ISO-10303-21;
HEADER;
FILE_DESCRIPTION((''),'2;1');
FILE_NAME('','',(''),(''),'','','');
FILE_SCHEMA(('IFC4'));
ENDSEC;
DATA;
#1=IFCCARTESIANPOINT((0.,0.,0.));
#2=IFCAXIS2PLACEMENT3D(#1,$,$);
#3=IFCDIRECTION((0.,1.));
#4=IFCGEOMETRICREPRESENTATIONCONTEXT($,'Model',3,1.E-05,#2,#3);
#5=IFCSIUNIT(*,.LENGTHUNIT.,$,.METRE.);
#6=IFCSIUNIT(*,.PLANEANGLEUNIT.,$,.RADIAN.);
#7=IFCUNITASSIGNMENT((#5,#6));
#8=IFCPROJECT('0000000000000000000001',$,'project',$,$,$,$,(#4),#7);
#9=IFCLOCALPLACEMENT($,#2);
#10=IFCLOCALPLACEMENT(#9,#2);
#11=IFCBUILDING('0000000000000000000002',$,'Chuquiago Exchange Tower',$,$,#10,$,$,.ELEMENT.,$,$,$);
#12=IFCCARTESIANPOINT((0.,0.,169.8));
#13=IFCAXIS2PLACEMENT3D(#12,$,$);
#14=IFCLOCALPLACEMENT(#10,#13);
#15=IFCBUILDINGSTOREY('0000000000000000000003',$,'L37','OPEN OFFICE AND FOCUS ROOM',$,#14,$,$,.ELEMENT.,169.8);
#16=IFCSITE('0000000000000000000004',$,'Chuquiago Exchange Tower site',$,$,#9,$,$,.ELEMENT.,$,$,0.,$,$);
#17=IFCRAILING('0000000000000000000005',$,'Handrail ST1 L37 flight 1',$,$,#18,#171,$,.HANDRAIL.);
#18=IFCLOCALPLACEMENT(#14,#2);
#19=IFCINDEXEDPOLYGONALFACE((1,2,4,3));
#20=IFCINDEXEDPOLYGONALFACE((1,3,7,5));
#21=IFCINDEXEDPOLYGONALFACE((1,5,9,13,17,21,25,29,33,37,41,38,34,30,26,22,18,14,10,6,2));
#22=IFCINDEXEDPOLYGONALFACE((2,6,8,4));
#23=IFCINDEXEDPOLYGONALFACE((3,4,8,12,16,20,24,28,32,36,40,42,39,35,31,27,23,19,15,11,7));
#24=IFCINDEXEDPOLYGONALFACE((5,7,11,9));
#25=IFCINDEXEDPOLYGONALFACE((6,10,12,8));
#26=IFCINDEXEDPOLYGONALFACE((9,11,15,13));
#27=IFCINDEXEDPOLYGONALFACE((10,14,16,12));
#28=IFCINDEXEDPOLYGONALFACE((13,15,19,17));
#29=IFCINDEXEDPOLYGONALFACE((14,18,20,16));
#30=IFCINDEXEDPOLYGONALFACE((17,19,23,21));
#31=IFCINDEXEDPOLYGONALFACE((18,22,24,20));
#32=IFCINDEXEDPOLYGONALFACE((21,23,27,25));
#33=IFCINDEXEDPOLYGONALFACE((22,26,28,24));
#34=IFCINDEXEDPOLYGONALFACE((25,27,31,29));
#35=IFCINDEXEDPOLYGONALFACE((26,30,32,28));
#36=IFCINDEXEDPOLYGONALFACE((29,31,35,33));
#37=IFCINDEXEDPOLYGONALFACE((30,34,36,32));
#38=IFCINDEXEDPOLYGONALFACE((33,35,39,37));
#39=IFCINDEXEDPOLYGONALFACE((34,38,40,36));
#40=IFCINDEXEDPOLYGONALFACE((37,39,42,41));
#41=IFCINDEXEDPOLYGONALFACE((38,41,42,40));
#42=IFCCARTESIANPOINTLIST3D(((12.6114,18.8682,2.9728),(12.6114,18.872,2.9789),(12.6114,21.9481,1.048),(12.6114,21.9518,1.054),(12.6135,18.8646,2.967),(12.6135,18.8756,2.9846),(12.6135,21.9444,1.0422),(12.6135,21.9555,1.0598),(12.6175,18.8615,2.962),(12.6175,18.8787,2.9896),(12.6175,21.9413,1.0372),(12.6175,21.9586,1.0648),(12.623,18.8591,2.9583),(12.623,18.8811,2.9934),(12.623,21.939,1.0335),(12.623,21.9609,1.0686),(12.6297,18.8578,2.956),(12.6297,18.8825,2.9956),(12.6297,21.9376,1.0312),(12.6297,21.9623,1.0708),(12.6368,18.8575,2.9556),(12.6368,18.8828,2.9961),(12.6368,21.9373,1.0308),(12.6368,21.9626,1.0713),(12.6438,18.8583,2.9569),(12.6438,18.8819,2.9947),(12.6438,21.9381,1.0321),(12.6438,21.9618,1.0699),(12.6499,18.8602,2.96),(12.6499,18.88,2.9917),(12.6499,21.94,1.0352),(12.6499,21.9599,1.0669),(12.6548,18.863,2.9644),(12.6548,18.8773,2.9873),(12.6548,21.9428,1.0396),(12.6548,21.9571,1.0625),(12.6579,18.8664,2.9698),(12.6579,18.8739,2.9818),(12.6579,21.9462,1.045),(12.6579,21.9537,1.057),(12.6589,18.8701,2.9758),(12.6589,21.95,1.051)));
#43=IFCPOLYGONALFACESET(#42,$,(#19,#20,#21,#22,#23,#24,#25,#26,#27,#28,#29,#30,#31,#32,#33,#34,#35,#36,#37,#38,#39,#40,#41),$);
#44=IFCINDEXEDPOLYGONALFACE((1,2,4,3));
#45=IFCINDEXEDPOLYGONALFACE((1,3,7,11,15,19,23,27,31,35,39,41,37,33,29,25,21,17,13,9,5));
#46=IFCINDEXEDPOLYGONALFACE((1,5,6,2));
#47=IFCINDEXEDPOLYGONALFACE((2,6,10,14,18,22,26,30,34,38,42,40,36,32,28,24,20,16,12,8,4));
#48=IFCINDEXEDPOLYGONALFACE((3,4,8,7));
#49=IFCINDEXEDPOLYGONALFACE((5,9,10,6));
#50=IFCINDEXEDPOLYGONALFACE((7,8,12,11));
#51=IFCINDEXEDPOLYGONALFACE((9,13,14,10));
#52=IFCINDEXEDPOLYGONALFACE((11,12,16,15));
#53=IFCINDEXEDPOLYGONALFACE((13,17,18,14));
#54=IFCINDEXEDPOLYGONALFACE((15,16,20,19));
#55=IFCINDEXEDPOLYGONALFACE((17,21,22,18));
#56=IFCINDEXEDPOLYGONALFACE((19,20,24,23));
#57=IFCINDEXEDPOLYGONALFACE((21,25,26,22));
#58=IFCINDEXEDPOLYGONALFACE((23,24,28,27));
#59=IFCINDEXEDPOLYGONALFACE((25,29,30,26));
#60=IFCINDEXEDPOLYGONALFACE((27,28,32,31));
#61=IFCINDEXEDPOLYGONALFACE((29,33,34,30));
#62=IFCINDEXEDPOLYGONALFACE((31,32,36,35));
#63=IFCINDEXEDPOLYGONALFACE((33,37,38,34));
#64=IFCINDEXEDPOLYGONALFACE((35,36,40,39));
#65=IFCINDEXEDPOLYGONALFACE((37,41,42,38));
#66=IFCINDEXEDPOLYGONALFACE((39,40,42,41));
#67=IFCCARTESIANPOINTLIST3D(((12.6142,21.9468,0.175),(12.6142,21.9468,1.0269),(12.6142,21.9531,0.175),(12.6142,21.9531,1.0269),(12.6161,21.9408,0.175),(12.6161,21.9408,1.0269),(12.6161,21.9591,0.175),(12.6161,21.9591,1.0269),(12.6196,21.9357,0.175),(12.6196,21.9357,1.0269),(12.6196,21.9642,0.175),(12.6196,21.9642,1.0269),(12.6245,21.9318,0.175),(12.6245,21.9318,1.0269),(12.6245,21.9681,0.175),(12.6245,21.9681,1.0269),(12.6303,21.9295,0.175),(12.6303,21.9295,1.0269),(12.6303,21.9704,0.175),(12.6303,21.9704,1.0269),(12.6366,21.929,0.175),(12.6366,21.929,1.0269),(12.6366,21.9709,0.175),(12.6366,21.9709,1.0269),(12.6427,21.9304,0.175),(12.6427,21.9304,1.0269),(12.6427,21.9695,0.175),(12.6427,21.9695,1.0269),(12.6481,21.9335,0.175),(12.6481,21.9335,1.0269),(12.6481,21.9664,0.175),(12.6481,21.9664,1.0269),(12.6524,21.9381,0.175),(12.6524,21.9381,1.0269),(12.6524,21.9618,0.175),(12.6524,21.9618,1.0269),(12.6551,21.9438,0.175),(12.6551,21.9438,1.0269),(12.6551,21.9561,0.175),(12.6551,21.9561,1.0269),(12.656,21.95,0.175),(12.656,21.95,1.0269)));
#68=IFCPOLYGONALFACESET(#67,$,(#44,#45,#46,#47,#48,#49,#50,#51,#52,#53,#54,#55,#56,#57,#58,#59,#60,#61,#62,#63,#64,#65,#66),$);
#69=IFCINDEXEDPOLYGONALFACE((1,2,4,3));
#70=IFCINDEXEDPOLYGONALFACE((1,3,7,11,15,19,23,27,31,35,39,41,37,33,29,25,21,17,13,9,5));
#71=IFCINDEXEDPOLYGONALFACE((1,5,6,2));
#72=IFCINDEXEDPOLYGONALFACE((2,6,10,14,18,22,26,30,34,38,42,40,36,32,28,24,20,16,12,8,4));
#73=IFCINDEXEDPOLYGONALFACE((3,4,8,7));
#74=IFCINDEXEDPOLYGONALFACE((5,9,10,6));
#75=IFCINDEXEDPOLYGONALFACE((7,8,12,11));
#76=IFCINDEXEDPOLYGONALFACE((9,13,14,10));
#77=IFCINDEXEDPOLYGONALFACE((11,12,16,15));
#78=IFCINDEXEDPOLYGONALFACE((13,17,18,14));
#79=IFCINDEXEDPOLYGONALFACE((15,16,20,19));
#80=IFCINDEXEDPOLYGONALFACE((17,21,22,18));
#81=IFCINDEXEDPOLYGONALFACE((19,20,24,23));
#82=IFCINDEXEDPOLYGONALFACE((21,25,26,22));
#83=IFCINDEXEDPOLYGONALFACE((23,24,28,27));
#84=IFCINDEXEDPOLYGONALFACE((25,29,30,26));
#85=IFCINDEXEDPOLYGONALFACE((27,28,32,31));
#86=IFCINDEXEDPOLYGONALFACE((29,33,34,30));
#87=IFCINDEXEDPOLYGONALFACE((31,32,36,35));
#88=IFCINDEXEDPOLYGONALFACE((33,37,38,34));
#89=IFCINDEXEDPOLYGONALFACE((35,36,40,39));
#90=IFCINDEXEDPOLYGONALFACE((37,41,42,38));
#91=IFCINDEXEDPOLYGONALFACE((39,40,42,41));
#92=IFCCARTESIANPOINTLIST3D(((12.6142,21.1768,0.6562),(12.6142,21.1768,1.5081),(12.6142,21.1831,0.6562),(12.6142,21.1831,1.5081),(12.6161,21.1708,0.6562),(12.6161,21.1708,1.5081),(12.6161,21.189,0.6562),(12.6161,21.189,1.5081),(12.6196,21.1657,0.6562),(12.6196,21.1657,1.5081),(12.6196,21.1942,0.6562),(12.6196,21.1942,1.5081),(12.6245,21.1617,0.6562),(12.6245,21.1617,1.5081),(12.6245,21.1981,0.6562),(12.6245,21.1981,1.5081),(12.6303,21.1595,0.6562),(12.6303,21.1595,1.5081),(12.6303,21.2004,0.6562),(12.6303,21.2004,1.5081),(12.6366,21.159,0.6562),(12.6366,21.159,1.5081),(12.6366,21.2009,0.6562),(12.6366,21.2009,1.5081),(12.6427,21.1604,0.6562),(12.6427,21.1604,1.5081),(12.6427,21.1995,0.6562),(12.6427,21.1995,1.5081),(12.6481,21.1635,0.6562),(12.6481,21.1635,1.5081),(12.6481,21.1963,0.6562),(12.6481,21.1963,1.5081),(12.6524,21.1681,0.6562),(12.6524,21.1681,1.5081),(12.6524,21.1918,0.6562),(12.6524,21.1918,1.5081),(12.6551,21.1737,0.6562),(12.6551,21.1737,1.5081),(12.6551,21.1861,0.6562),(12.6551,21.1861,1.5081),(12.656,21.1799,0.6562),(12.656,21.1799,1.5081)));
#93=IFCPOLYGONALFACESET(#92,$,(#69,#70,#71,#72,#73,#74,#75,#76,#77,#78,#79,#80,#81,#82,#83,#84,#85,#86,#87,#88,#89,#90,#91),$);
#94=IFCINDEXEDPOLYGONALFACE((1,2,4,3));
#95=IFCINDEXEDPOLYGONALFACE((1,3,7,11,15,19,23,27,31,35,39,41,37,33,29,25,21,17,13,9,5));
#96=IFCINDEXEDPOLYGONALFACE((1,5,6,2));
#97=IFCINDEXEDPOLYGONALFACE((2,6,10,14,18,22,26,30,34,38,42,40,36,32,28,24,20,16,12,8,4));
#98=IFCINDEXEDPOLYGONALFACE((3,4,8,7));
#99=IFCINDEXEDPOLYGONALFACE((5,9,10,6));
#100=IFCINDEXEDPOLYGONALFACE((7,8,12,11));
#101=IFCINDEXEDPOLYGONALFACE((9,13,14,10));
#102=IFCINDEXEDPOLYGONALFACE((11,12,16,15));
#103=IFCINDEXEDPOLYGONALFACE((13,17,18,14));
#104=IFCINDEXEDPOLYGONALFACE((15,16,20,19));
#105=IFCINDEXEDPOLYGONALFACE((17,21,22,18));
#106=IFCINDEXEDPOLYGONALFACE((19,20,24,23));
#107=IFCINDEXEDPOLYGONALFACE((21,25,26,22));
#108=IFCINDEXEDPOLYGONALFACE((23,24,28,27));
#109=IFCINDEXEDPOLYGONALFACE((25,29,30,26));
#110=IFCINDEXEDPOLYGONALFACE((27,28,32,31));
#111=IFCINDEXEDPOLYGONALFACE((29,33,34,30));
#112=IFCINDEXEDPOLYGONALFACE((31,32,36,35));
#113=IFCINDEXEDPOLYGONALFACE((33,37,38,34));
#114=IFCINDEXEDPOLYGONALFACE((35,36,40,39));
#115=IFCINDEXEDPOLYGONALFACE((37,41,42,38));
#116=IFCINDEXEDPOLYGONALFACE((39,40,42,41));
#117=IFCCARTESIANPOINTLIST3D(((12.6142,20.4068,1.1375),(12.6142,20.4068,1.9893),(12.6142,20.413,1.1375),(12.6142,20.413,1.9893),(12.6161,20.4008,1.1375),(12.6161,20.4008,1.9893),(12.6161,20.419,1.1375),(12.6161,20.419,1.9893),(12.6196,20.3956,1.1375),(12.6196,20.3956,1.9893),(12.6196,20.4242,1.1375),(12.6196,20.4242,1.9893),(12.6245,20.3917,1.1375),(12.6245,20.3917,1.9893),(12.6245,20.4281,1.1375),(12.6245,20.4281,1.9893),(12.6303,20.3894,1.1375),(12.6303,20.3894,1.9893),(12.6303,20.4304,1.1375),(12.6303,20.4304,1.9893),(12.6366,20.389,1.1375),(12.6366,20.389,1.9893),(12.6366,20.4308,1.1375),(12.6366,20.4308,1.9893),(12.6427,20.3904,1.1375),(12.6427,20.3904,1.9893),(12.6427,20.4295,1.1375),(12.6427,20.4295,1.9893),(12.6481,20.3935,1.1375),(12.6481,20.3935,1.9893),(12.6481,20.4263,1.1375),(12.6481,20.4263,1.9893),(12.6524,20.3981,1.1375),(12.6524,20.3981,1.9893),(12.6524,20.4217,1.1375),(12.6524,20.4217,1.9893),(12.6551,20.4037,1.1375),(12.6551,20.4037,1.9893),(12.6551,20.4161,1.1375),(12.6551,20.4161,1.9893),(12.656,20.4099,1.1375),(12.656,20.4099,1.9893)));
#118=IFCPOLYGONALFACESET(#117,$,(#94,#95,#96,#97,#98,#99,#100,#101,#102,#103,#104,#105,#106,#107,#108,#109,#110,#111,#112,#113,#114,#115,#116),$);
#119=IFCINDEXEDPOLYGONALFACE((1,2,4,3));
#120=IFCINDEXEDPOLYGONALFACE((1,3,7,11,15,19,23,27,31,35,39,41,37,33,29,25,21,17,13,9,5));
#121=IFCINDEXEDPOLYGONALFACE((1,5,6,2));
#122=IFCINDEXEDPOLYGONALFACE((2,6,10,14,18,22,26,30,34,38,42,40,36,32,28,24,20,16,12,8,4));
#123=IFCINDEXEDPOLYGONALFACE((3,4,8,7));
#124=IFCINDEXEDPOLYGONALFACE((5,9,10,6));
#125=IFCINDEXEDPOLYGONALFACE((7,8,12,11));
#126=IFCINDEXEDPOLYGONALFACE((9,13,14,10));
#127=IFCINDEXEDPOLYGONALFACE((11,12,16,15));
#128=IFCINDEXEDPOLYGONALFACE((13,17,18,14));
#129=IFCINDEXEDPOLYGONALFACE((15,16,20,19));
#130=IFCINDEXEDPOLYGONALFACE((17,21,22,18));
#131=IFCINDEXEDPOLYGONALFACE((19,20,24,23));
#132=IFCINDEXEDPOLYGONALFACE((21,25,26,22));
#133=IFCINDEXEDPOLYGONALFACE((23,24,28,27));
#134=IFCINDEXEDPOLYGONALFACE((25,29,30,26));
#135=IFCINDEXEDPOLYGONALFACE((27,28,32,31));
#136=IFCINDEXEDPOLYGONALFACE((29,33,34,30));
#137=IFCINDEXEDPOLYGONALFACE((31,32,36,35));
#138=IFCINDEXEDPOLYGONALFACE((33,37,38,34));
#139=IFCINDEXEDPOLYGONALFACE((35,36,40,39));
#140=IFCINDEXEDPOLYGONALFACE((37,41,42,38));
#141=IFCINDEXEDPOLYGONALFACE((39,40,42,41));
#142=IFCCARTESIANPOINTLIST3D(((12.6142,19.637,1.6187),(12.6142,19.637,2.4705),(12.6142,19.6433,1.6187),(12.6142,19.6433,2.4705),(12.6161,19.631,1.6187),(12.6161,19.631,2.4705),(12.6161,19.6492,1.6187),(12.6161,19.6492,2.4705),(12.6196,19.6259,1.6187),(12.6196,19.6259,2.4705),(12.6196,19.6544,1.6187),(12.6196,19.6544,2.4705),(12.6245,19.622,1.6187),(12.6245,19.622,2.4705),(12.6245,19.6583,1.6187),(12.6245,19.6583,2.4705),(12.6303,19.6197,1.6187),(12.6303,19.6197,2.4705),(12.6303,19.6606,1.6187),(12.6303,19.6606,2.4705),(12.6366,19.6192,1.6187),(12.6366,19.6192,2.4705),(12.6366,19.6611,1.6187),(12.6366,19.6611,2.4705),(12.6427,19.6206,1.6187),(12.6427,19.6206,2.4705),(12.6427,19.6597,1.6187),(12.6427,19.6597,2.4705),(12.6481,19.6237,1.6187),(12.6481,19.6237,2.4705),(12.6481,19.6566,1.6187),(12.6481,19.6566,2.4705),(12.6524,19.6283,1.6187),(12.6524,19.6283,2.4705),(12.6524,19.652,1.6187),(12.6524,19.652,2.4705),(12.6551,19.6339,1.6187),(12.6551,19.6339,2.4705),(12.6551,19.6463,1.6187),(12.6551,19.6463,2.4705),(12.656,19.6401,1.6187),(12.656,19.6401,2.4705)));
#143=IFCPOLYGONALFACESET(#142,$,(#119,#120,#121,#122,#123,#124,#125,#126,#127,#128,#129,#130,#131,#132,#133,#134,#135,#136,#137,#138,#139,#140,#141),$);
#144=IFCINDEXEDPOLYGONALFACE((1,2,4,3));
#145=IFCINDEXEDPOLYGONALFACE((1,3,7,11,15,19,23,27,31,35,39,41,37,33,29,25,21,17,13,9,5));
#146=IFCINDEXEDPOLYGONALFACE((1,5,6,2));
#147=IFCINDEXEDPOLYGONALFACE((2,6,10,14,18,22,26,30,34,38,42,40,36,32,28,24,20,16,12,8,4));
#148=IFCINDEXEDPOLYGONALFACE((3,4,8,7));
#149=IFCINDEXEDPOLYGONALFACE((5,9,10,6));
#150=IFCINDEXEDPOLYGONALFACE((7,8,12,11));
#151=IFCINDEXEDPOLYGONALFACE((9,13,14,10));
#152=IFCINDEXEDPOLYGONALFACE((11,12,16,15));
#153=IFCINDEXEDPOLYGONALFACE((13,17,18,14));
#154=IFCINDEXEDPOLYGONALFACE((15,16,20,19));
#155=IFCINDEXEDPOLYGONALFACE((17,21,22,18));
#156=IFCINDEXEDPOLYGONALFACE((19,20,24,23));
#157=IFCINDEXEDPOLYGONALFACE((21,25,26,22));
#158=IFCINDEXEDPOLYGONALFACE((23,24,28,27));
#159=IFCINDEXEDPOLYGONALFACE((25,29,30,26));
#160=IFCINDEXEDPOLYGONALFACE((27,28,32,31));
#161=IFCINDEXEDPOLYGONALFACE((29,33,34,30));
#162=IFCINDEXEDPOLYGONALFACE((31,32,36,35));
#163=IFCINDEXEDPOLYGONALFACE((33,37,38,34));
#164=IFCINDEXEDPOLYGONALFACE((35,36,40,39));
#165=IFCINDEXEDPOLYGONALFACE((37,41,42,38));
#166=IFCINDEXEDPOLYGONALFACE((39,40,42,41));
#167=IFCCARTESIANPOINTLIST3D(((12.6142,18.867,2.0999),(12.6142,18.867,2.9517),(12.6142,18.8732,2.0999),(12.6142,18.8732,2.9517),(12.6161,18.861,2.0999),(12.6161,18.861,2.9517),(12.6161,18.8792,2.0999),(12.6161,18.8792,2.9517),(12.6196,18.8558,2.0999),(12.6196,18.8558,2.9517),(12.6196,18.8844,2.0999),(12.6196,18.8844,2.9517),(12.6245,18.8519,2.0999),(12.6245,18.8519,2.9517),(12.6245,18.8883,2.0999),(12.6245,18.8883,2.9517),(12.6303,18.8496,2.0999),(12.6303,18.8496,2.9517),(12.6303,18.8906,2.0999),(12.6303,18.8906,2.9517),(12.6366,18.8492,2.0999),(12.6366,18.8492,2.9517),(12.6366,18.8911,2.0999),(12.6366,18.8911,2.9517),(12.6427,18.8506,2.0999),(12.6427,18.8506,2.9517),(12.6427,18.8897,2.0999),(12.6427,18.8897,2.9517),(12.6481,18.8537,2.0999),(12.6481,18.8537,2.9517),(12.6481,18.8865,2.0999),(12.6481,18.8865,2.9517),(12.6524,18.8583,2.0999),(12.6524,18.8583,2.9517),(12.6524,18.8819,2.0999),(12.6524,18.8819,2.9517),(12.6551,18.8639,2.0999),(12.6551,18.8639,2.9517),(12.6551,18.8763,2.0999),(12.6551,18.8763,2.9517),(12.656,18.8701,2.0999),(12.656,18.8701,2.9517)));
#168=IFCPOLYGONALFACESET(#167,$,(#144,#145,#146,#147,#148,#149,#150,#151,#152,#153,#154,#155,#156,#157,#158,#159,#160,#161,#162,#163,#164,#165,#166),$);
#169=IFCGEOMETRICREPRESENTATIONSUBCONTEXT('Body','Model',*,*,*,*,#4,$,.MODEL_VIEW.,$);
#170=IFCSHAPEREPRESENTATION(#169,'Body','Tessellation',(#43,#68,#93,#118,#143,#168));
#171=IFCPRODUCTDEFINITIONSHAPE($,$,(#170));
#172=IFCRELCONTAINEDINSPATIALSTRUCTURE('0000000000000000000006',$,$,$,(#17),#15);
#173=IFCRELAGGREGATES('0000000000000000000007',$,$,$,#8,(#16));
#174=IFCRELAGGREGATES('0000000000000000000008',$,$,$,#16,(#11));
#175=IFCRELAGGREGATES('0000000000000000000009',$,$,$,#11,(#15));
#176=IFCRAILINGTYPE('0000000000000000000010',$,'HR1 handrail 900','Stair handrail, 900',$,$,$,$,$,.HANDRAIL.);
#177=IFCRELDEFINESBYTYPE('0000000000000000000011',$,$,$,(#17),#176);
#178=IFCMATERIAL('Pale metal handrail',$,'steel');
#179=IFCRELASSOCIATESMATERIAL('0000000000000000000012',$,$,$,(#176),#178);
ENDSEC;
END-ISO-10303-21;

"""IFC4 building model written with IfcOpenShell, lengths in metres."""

from ifc_helpers import new_model, si_unit, direction, frame, origin, origin_2d, place, context, subcontext, project, spatial, circle, extrude, material, type_object, element, save


model = new_model("IFC4")

# Units and contexts
model_context = context("Model", 3, precision=1e-05, world=origin(), true_north=direction((0.0, 1.0)))
body_context = subcontext(model_context, "Body", "Model", "MODEL_VIEW")
ifc_project = project(units=[si_unit("LENGTHUNIT", "METRE"), si_unit("PLANEANGLEUNIT", "RADIAN")], contexts=[model_context])

# Site, building, storey
site_placement = place(None, origin())
site = spatial("IfcSite", under=ifc_project, at=site_placement, Name="Chuquiago Exchange Tower site", CompositionType="ELEMENT", RefElevation=0.0)
building_placement = place(site_placement, origin())
building = spatial("IfcBuilding", under=site, at=building_placement, Name="Chuquiago Exchange Tower", CompositionType="ELEMENT")
storey_placement = place(building_placement, frame((0.0, 0.0, 169.8)))
storey = spatial("IfcBuildingStorey", under=building, at=storey_placement, Name="L37", Description="OPEN OFFICE AND FOCUS ROOM", CompositionType="ELEMENT", Elevation=169.8)

# Railing
ifc_material_1 = material(Name="Pale metal handrail", Category="steel")
railing_type = type_object("IfcRailingType", Name="HR1 handrail 900", Description="Stair handrail, 900", PredefinedType="HANDRAIL", material=ifc_material_1)
for number, where, name in (
    (1, (12.635, 21.95, 0.175), "Handrail ST1 L37 flight 1"),
):
    element("IfcRailing", number, at=place(storey_placement, frame(where)), inside=storey, type_object=railing_type, Name=name, PredefinedType="HANDRAIL", context=body_context, shape_type="SweptSolid", body=[
        extrude(circle(Radius=0.0239, at=origin_2d()), frame((0.0, 0.0, 0.876), z_axis=(0.0, -0.84801, 0.529981), x_axis=(1.0, 0.0, 0.0)), (0.0, 0.0, 1.0), 3.6318),
        extrude(circle(Radius=0.021, at=origin_2d()), origin(), (0.0, 0.0, 1.0), 0.8518),
        extrude(circle(Radius=0.021, at=origin_2d()), frame((0.0, -0.77, 0.4812)), (0.0, 0.0, 1.0), 0.8518),
        extrude(circle(Radius=0.021, at=origin_2d()), frame((0.0, -1.54, 0.9624)), (0.0, 0.0, 1.0), 0.8518),
        extrude(circle(Radius=0.021, at=origin_2d()), frame((0.0, -2.3098, 1.4436)), (0.0, 0.0, 1.0), 0.8518),
        extrude(circle(Radius=0.021, at=origin_2d()), frame((0.0, -3.0798, 1.9248)), (0.0, 0.0, 1.0), 0.8518),
    ])

save(model, "model.ifc")
